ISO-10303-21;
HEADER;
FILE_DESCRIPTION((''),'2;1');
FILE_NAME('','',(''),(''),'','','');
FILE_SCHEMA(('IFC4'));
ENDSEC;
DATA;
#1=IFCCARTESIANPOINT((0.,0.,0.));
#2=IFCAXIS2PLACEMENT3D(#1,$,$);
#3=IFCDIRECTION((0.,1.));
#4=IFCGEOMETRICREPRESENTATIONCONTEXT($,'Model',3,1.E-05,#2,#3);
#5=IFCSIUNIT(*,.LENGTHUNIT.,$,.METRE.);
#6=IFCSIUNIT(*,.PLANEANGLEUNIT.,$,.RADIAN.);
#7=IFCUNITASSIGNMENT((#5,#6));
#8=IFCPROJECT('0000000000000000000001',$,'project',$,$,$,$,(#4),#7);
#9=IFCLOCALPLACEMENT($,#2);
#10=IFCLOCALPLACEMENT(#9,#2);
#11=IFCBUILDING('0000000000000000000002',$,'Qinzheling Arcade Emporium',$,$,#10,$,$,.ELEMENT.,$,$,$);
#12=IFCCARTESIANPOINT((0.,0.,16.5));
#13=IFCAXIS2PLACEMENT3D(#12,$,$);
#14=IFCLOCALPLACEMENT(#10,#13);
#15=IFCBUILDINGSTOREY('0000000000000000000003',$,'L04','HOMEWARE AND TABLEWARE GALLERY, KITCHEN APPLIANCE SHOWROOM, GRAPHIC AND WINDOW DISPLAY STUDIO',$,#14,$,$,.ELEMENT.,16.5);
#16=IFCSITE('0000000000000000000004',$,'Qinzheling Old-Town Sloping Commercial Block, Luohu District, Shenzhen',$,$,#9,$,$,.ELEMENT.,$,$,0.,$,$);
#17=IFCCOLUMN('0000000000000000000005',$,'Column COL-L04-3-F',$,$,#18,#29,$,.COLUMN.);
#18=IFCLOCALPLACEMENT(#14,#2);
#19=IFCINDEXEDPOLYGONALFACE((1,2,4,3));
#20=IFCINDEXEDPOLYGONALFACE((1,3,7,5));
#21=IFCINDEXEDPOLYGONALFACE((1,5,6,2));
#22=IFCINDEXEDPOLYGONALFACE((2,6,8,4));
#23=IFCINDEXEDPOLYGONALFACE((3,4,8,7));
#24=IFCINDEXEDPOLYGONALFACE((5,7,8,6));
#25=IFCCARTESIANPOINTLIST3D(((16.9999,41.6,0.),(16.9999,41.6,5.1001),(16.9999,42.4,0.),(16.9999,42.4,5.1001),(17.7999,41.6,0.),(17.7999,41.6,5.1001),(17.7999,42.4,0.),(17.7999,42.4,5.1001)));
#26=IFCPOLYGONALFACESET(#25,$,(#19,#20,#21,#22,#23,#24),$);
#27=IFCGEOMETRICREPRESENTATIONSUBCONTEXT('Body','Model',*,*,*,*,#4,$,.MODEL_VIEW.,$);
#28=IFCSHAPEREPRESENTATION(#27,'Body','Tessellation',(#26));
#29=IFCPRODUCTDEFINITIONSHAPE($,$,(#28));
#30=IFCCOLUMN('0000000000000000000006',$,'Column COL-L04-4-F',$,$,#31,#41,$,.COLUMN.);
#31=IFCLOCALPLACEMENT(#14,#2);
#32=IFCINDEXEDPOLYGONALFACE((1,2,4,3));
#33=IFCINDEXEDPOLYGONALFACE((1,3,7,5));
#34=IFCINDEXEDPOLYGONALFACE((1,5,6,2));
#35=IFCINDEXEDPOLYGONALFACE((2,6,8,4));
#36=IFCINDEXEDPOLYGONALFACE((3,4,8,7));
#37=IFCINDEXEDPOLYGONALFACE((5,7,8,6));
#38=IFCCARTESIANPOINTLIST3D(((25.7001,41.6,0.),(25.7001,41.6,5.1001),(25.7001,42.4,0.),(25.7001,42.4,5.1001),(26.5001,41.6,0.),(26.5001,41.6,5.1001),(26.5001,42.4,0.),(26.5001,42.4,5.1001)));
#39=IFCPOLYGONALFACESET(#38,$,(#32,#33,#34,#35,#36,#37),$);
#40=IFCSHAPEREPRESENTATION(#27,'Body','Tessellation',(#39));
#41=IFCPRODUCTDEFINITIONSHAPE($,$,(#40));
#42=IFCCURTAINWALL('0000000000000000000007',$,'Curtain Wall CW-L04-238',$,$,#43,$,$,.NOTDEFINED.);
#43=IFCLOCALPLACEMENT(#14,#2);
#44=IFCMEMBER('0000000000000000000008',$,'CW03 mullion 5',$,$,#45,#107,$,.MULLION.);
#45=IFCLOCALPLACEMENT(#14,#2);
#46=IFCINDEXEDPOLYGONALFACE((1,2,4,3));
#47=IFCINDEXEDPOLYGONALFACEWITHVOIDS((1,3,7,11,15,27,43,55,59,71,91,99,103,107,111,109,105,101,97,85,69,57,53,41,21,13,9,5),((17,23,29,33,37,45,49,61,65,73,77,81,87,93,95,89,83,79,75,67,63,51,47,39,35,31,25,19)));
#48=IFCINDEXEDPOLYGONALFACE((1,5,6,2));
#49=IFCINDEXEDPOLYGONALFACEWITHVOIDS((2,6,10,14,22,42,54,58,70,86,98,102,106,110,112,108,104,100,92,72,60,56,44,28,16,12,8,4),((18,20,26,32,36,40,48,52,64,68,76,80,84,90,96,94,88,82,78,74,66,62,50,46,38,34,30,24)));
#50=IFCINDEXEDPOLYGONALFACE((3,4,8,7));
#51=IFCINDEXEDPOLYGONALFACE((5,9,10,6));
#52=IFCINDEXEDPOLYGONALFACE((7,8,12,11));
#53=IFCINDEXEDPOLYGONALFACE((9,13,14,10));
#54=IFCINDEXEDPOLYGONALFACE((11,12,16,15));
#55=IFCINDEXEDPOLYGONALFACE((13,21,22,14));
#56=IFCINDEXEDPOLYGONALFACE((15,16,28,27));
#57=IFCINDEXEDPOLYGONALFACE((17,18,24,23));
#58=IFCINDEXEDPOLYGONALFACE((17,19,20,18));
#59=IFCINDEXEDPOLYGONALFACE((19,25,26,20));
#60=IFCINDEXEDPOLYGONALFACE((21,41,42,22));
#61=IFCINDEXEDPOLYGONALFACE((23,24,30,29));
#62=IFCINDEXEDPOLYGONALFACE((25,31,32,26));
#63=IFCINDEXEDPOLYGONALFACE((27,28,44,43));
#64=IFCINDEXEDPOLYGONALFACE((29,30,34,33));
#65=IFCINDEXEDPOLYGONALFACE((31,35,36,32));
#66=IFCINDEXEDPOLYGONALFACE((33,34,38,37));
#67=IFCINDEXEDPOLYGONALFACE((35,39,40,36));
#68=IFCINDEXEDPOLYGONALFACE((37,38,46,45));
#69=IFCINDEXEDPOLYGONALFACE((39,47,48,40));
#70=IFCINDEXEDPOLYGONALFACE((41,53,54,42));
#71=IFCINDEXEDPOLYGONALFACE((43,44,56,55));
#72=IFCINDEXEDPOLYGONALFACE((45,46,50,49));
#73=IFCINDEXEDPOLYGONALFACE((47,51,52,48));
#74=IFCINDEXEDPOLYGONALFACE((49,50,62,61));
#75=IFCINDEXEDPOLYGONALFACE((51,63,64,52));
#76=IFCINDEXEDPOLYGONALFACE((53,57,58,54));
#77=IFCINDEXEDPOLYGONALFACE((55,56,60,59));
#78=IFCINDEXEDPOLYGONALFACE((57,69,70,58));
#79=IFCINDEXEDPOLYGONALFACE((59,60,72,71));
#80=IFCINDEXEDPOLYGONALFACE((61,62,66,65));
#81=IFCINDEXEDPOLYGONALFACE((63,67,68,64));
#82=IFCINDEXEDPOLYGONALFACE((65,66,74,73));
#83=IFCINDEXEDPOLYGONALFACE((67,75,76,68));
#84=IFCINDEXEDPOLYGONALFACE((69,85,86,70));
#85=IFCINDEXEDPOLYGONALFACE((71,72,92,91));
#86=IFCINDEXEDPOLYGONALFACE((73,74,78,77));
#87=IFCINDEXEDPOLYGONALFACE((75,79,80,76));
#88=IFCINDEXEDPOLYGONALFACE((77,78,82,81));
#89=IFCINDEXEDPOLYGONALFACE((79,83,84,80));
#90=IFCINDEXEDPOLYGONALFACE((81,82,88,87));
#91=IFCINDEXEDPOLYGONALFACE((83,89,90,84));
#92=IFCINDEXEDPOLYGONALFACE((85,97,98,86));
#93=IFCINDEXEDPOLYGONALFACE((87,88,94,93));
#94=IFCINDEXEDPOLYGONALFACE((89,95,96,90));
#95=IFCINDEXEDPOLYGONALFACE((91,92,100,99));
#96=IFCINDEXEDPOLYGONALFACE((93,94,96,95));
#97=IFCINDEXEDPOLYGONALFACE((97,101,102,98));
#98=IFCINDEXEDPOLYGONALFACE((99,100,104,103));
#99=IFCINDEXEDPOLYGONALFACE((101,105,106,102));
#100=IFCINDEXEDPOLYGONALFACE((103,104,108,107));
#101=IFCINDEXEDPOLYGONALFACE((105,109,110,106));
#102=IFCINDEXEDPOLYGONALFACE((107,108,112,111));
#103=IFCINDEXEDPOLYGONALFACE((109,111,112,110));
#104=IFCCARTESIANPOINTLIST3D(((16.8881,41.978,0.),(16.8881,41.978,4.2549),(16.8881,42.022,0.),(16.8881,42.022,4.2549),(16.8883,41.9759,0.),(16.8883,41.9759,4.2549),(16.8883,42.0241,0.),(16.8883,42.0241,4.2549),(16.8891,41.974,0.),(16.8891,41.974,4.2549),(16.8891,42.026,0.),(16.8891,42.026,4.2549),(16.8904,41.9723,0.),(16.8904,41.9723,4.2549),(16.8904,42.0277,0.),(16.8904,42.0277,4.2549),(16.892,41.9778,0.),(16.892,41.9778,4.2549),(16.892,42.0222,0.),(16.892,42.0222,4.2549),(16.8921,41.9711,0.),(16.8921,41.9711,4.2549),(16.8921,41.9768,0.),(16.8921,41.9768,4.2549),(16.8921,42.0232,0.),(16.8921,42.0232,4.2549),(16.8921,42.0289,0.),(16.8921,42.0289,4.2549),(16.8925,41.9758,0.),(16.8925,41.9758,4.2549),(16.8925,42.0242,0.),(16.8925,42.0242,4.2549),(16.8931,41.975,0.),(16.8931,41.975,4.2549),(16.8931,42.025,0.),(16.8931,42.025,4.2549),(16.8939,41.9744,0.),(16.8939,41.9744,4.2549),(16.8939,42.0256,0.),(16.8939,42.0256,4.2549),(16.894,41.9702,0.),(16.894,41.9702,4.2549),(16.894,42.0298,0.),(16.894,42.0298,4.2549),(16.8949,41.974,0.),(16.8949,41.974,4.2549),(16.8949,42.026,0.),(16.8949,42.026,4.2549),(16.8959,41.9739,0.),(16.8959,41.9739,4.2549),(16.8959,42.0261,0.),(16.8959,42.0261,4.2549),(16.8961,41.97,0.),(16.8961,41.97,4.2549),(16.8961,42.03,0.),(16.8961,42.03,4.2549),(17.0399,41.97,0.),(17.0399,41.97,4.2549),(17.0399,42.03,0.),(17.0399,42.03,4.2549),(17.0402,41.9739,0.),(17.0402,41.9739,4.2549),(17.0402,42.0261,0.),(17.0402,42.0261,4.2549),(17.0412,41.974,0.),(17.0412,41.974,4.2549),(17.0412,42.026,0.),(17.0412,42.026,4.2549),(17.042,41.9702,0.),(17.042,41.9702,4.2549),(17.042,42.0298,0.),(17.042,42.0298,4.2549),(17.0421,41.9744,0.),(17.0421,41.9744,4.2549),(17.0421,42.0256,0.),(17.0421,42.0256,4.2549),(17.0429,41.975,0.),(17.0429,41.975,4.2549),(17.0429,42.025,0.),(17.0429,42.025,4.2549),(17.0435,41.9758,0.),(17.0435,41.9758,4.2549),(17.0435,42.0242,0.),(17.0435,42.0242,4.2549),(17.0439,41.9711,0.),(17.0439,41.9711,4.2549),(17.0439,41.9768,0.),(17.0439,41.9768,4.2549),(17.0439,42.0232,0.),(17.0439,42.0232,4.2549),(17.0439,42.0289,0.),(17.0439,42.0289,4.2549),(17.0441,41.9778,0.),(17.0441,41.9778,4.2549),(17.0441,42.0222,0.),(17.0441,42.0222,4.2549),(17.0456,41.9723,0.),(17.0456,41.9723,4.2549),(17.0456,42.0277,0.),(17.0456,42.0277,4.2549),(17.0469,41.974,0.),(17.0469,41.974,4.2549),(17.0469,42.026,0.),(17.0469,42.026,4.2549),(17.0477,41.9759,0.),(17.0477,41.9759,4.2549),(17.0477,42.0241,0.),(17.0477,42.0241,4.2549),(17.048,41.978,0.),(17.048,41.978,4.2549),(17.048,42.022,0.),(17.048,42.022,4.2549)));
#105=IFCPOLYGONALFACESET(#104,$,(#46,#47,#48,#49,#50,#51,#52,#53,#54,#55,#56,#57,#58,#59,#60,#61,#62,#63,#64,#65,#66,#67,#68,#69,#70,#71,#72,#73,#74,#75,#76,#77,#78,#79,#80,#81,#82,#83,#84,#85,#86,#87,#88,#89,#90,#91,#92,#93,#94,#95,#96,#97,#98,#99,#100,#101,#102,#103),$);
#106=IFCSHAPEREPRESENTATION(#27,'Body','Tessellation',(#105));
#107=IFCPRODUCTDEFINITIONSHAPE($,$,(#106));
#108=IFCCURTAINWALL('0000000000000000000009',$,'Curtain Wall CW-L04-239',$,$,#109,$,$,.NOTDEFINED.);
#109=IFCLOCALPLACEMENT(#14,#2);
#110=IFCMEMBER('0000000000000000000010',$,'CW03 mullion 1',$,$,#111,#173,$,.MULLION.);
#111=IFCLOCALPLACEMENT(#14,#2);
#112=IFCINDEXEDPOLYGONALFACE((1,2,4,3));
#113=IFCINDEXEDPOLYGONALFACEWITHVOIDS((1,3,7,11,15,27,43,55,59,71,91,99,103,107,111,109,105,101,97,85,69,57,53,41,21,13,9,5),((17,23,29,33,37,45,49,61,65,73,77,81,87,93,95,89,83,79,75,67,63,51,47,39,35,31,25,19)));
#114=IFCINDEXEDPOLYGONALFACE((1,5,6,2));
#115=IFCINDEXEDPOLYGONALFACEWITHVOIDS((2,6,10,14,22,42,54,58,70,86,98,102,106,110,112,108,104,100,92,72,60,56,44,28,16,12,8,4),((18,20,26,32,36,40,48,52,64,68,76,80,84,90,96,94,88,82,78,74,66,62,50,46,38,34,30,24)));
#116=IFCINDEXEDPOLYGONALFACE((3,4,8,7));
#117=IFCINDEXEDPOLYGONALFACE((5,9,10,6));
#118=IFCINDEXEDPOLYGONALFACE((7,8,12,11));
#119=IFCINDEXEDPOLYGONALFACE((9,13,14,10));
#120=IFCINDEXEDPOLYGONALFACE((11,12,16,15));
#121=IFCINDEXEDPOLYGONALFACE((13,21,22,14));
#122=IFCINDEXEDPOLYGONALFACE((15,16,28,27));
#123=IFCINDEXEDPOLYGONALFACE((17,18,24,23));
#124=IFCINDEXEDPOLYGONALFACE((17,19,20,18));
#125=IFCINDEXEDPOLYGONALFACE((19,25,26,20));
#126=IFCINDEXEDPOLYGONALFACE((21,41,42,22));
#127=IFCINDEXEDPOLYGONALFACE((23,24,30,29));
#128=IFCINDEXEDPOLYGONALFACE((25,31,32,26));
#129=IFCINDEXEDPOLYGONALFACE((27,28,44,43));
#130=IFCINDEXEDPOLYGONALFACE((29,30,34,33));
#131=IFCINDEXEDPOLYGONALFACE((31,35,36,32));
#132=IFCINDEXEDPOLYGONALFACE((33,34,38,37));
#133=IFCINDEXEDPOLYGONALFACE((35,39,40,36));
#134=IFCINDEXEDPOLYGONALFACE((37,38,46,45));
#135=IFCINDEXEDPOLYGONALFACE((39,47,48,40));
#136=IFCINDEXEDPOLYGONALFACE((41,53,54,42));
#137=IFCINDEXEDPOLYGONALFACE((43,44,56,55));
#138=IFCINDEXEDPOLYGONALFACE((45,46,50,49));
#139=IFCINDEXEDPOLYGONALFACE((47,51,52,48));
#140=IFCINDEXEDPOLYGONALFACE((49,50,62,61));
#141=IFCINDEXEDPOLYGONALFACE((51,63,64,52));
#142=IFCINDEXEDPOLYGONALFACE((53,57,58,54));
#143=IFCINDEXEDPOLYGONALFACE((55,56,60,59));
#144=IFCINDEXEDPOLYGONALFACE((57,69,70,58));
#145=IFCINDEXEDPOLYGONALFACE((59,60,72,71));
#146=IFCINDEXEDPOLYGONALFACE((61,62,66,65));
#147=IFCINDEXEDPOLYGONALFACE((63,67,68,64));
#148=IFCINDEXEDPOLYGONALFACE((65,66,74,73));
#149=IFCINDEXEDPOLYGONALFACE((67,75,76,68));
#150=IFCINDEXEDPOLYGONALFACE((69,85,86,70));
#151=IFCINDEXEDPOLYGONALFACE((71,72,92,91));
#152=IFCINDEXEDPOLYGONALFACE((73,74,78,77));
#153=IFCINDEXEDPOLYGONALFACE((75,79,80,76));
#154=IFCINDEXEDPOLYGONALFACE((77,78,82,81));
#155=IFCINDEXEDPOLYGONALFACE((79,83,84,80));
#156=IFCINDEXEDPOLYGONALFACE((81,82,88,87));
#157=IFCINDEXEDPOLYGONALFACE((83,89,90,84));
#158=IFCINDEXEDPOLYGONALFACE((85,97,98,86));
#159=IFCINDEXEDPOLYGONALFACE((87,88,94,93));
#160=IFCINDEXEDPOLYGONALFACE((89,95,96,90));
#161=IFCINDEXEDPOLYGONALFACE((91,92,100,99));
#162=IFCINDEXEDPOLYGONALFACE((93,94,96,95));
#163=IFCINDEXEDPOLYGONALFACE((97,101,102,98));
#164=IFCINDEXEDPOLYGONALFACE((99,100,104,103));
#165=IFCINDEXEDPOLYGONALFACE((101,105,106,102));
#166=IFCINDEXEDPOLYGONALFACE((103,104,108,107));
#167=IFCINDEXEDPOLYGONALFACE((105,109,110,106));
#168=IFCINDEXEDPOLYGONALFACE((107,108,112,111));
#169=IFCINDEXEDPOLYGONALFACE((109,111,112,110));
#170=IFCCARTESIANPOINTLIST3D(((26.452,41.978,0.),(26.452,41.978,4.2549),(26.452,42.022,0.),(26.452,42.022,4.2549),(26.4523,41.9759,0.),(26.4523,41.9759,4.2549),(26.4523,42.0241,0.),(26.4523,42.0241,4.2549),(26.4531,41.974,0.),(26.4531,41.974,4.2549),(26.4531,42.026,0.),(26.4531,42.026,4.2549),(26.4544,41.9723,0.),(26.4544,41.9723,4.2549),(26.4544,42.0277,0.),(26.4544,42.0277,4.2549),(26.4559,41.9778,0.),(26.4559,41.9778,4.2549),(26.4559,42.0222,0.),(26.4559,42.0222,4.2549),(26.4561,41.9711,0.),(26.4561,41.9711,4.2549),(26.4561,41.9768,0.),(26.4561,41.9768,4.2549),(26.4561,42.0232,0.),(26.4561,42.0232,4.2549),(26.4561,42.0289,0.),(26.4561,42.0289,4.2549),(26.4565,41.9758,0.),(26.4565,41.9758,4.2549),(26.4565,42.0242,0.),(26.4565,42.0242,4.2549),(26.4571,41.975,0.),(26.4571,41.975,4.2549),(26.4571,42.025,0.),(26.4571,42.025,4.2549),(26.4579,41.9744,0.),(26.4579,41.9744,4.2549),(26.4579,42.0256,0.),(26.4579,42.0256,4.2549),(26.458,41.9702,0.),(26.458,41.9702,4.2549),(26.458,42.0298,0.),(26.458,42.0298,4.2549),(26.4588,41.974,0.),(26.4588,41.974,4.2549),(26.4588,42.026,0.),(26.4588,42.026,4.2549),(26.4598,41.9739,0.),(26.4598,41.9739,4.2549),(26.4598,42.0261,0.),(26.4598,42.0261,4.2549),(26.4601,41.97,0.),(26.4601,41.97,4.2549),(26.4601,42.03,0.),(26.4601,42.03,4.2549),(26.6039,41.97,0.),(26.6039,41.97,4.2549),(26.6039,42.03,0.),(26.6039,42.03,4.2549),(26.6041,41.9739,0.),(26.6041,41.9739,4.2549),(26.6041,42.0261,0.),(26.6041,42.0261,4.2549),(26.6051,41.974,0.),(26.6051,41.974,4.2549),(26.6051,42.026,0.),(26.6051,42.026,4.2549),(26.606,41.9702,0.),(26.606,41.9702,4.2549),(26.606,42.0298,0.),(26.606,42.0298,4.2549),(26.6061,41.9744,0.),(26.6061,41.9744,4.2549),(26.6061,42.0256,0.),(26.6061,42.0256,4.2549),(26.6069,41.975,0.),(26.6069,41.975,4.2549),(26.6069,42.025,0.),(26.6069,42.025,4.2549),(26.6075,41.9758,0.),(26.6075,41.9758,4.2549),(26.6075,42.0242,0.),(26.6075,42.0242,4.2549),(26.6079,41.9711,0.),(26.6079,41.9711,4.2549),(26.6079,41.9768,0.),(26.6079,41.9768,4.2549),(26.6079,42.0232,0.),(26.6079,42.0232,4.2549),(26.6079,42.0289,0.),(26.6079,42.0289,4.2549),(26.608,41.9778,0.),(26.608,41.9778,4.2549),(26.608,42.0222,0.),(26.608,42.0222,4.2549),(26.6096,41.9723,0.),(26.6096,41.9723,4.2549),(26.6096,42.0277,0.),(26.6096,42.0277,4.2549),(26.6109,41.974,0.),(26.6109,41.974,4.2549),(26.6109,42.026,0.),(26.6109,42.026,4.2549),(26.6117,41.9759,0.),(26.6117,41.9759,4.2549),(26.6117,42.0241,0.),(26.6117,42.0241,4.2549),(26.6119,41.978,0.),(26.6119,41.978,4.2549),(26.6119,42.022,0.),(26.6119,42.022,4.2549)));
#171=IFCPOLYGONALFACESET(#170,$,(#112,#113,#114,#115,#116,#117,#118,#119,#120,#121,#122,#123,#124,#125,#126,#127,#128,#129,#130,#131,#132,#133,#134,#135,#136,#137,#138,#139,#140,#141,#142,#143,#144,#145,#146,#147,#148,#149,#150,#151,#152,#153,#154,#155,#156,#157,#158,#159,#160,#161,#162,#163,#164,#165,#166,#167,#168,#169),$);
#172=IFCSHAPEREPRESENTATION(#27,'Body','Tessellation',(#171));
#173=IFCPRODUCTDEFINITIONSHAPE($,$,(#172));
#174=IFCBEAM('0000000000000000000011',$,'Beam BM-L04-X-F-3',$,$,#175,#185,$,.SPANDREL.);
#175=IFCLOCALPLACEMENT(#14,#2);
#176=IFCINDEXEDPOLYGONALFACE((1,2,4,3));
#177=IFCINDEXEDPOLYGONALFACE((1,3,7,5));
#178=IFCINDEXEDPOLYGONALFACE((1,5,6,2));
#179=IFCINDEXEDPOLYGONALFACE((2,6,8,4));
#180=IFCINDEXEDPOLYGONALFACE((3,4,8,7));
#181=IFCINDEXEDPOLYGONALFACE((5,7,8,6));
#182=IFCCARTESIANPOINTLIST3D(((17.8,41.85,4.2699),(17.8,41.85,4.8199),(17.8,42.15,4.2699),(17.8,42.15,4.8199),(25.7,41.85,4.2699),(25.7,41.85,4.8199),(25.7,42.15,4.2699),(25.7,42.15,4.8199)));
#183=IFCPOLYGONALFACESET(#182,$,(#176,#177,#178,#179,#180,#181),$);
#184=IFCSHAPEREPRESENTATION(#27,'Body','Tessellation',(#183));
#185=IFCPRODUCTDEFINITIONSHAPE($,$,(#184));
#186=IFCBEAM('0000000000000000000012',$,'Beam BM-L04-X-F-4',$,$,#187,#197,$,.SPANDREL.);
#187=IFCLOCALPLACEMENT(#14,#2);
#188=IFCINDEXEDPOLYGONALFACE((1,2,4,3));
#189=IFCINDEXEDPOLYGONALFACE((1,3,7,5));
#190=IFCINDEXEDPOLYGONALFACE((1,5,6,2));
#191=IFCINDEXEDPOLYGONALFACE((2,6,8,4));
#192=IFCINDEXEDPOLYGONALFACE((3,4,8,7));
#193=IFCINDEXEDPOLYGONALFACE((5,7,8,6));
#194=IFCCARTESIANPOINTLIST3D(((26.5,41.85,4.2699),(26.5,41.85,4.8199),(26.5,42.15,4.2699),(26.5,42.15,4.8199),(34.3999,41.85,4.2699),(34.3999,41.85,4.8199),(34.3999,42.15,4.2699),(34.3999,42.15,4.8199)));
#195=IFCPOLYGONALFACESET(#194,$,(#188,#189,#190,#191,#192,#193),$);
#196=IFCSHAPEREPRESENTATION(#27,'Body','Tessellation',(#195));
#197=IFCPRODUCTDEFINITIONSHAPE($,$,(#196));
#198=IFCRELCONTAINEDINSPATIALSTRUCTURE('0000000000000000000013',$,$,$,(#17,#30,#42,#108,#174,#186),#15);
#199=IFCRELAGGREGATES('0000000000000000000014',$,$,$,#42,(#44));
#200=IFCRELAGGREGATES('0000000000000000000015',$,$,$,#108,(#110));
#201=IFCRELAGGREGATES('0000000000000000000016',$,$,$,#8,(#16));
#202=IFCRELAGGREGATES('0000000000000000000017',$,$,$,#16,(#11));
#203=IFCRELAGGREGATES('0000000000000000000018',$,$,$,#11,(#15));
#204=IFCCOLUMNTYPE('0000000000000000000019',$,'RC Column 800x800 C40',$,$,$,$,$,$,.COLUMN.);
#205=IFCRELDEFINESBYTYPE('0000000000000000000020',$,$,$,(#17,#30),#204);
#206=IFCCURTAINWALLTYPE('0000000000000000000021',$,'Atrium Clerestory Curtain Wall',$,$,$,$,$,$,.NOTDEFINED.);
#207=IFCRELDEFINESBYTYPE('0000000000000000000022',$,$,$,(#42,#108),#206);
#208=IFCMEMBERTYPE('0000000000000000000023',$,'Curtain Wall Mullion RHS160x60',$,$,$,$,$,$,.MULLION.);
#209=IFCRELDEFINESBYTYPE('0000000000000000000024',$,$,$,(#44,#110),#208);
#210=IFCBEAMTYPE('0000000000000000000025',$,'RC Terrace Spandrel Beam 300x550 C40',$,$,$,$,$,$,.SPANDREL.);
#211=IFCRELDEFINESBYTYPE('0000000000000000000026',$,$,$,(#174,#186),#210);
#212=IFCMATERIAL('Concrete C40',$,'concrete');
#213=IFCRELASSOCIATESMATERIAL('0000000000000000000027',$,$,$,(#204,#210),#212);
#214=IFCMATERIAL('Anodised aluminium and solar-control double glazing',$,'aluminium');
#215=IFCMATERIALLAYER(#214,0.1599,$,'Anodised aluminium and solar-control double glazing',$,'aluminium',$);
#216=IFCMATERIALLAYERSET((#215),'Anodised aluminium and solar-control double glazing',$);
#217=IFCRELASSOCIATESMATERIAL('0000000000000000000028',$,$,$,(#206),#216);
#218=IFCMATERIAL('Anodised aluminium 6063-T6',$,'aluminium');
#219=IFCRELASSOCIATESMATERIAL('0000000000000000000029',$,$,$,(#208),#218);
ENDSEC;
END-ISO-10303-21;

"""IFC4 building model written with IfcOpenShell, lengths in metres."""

from ifc_helpers import new_model, si_unit, direction, frame, origin, origin_2d, place, context, subcontext, project, spatial, rectangle, hollow_rectangle, extrude, material, layer, layer_set, material_profile, profile_set, type_object, element, aggregate, save


model = new_model("IFC4")

# Units and contexts
model_context = context("Model", 3, precision=1e-05, world=origin(), true_north=direction((0.0, 1.0)))
body_context = subcontext(model_context, "Body", "Model", "MODEL_VIEW")
ifc_project = project(units=[si_unit("LENGTHUNIT", "METRE"), si_unit("PLANEANGLEUNIT", "RADIAN")], contexts=[model_context])

# Site, building, storey
site_placement = place(None, origin())
site = spatial("IfcSite", under=ifc_project, at=site_placement, Name="Qinzheling Old-Town Sloping Commercial Block, Luohu District, Shenzhen", CompositionType="ELEMENT", RefElevation=0.0)
building_placement = place(site_placement, origin())
building = spatial("IfcBuilding", under=site, at=building_placement, Name="Qinzheling Arcade Emporium", CompositionType="ELEMENT")
storey_placement = place(building_placement, frame((0.0, 0.0, 16.5)))
storey = spatial("IfcBuildingStorey", under=building, at=storey_placement, Name="L04", Description="HOMEWARE AND TABLEWARE GALLERY, KITCHEN APPLIANCE SHOWROOM, GRAPHIC AND WINDOW DISPLAY STUDIO", CompositionType="ELEMENT", Elevation=16.5)

# Columns
ifc_material_1 = material(Name="Concrete C40", Category="concrete")
ifc_material_profile_1 = material_profile(ifc_material_1, rectangle(XDim=0.8, YDim=0.8, at=origin_2d()), Name="RC 800x800", Category="concrete")
ifc_profile_set_1 = profile_set([ifc_material_profile_1], Name="Concrete C40")
column_type = type_object("IfcColumnType", Name="RC Column 800x800 C40", PredefinedType="COLUMN", material=ifc_profile_set_1)
for number, where, z_axis, x_axis, name in (
    (1, (17.3999, 42.0, 0.0), (0.0, 0.0, 1.0), (1.0, 0.0, 0.0), "Column COL-L04-3-F"),
    (2, (26.1001, 42.0, 0.0), (0.0, 0.0, 1.0), (1.0, 0.0, 0.0), "Column COL-L04-4-F"),
):
    element("IfcColumn", number, at=place(storey_placement, frame(where, z_axis=z_axis, x_axis=x_axis)), inside=storey, type_object=column_type, Name=name, PredefinedType="COLUMN", context=body_context, shape_type="SweptSolid", body=[
        extrude(rectangle(XDim=0.8, YDim=0.8, at=origin_2d()), origin(), (0.0, 0.0, 1.0), 5.1001),
    ])

# Curtain walls, members
ifc_material_2 = material(Name="Anodised aluminium and solar-control double glazing", Category="aluminium")
ifc_layer_1 = layer(ifc_material_2, 0.1599, Name="Anodised aluminium and solar-control double glazing", Category="aluminium")
ifc_layer_set_1 = layer_set([ifc_layer_1], Name="Anodised aluminium and solar-control double glazing")
curtain_wall_type = type_object("IfcCurtainWallType", Name="Atrium Clerestory Curtain Wall", PredefinedType="NOTDEFINED", material=ifc_layer_set_1)
curtain_wall_1_placement = place(storey_placement, origin())
curtain_wall_1 = element("IfcCurtainWall", 3, at=curtain_wall_1_placement, inside=storey, type_object=curtain_wall_type, Name="Curtain Wall CW-L04-238", PredefinedType="NOTDEFINED")
ifc_material_3 = material(Name="Anodised aluminium 6063-T6", Category="aluminium")
ifc_material_profile_2 = material_profile(ifc_material_3, hollow_rectangle(XDim=0.0601, YDim=0.1599, WallThickness=0.0039, InnerFilletRadius=0.0039, OuterFilletRadius=0.0081, at=origin_2d()), Name="RHS 160x60x4", Category="aluminium")
ifc_profile_set_2 = profile_set([ifc_material_profile_2], Name="Anodised aluminium 6063-T6")
member_type = type_object("IfcMemberType", Name="Curtain Wall Mullion RHS160x60", PredefinedType="MULLION", material=ifc_profile_set_2)
member_1_placement = place(storey_placement, frame((16.968, 42.0, 0.0), z_axis=(0.0, 0.0, 1.0), x_axis=(0.0, 1.0, 0.0)))
member_1 = element("IfcMember", 4, at=member_1_placement, type_object=member_type, Name="CW03 mullion 5", PredefinedType="MULLION", context=body_context, shape_type="SweptSolid", body=[
    extrude(hollow_rectangle(XDim=0.0601, YDim=0.1599, WallThickness=0.0039, InnerFilletRadius=0.0039, OuterFilletRadius=0.0081, at=origin_2d()), origin(), (0.0, 0.0, 1.0), 4.2549),
])
aggregate(curtain_wall_1, [member_1])
curtain_wall_2_placement = place(storey_placement, origin())
curtain_wall_2 = element("IfcCurtainWall", 5, at=curtain_wall_2_placement, inside=storey, type_object=curtain_wall_type, Name="Curtain Wall CW-L04-239", PredefinedType="NOTDEFINED")
member_2_placement = place(storey_placement, frame((26.532, 42.0, 0.0), z_axis=(0.0, 0.0, 1.0), x_axis=(0.0, 1.0, 0.0)))
member_2 = element("IfcMember", 6, at=member_2_placement, type_object=member_type, Name="CW03 mullion 1", PredefinedType="MULLION", context=body_context, shape_type="SweptSolid", body=[
    extrude(hollow_rectangle(XDim=0.0601, YDim=0.1599, WallThickness=0.0039, InnerFilletRadius=0.0039, OuterFilletRadius=0.0081, at=origin_2d()), origin(), (0.0, 0.0, 1.0), 4.2549),
])
aggregate(curtain_wall_2, [member_2])

# Beams
ifc_material_profile_3 = material_profile(ifc_material_1, rectangle(XDim=0.3, YDim=0.55, at=origin_2d()), Name="RC 300x550", Category="concrete")
ifc_profile_set_3 = profile_set([ifc_material_profile_3], Name="Concrete C40")
beam_type = type_object("IfcBeamType", Name="RC Terrace Spandrel Beam 300x550 C40", PredefinedType="SPANDREL", material=ifc_profile_set_3)
for number, where, z_axis, x_axis, name in (
    (7, (17.8, 42.0, 4.5449), (1.0, 0.0, 0.0), (0.0, 1.0, 0.0), "Beam BM-L04-X-F-3"),
    (8, (26.5, 42.0, 4.5449), (1.0, 0.0, 0.0), (0.0, 1.0, 0.0), "Beam BM-L04-X-F-4"),
):
    element("IfcBeam", number, at=place(storey_placement, frame(where, z_axis=z_axis, x_axis=x_axis)), inside=storey, type_object=beam_type, Name=name, PredefinedType="SPANDREL", context=body_context, shape_type="SweptSolid", body=[
        extrude(rectangle(XDim=0.3, YDim=0.55, at=origin_2d()), origin(), (0.0, 0.0, 1.0), 7.8999),
    ])

save(model, "model.ifc")
